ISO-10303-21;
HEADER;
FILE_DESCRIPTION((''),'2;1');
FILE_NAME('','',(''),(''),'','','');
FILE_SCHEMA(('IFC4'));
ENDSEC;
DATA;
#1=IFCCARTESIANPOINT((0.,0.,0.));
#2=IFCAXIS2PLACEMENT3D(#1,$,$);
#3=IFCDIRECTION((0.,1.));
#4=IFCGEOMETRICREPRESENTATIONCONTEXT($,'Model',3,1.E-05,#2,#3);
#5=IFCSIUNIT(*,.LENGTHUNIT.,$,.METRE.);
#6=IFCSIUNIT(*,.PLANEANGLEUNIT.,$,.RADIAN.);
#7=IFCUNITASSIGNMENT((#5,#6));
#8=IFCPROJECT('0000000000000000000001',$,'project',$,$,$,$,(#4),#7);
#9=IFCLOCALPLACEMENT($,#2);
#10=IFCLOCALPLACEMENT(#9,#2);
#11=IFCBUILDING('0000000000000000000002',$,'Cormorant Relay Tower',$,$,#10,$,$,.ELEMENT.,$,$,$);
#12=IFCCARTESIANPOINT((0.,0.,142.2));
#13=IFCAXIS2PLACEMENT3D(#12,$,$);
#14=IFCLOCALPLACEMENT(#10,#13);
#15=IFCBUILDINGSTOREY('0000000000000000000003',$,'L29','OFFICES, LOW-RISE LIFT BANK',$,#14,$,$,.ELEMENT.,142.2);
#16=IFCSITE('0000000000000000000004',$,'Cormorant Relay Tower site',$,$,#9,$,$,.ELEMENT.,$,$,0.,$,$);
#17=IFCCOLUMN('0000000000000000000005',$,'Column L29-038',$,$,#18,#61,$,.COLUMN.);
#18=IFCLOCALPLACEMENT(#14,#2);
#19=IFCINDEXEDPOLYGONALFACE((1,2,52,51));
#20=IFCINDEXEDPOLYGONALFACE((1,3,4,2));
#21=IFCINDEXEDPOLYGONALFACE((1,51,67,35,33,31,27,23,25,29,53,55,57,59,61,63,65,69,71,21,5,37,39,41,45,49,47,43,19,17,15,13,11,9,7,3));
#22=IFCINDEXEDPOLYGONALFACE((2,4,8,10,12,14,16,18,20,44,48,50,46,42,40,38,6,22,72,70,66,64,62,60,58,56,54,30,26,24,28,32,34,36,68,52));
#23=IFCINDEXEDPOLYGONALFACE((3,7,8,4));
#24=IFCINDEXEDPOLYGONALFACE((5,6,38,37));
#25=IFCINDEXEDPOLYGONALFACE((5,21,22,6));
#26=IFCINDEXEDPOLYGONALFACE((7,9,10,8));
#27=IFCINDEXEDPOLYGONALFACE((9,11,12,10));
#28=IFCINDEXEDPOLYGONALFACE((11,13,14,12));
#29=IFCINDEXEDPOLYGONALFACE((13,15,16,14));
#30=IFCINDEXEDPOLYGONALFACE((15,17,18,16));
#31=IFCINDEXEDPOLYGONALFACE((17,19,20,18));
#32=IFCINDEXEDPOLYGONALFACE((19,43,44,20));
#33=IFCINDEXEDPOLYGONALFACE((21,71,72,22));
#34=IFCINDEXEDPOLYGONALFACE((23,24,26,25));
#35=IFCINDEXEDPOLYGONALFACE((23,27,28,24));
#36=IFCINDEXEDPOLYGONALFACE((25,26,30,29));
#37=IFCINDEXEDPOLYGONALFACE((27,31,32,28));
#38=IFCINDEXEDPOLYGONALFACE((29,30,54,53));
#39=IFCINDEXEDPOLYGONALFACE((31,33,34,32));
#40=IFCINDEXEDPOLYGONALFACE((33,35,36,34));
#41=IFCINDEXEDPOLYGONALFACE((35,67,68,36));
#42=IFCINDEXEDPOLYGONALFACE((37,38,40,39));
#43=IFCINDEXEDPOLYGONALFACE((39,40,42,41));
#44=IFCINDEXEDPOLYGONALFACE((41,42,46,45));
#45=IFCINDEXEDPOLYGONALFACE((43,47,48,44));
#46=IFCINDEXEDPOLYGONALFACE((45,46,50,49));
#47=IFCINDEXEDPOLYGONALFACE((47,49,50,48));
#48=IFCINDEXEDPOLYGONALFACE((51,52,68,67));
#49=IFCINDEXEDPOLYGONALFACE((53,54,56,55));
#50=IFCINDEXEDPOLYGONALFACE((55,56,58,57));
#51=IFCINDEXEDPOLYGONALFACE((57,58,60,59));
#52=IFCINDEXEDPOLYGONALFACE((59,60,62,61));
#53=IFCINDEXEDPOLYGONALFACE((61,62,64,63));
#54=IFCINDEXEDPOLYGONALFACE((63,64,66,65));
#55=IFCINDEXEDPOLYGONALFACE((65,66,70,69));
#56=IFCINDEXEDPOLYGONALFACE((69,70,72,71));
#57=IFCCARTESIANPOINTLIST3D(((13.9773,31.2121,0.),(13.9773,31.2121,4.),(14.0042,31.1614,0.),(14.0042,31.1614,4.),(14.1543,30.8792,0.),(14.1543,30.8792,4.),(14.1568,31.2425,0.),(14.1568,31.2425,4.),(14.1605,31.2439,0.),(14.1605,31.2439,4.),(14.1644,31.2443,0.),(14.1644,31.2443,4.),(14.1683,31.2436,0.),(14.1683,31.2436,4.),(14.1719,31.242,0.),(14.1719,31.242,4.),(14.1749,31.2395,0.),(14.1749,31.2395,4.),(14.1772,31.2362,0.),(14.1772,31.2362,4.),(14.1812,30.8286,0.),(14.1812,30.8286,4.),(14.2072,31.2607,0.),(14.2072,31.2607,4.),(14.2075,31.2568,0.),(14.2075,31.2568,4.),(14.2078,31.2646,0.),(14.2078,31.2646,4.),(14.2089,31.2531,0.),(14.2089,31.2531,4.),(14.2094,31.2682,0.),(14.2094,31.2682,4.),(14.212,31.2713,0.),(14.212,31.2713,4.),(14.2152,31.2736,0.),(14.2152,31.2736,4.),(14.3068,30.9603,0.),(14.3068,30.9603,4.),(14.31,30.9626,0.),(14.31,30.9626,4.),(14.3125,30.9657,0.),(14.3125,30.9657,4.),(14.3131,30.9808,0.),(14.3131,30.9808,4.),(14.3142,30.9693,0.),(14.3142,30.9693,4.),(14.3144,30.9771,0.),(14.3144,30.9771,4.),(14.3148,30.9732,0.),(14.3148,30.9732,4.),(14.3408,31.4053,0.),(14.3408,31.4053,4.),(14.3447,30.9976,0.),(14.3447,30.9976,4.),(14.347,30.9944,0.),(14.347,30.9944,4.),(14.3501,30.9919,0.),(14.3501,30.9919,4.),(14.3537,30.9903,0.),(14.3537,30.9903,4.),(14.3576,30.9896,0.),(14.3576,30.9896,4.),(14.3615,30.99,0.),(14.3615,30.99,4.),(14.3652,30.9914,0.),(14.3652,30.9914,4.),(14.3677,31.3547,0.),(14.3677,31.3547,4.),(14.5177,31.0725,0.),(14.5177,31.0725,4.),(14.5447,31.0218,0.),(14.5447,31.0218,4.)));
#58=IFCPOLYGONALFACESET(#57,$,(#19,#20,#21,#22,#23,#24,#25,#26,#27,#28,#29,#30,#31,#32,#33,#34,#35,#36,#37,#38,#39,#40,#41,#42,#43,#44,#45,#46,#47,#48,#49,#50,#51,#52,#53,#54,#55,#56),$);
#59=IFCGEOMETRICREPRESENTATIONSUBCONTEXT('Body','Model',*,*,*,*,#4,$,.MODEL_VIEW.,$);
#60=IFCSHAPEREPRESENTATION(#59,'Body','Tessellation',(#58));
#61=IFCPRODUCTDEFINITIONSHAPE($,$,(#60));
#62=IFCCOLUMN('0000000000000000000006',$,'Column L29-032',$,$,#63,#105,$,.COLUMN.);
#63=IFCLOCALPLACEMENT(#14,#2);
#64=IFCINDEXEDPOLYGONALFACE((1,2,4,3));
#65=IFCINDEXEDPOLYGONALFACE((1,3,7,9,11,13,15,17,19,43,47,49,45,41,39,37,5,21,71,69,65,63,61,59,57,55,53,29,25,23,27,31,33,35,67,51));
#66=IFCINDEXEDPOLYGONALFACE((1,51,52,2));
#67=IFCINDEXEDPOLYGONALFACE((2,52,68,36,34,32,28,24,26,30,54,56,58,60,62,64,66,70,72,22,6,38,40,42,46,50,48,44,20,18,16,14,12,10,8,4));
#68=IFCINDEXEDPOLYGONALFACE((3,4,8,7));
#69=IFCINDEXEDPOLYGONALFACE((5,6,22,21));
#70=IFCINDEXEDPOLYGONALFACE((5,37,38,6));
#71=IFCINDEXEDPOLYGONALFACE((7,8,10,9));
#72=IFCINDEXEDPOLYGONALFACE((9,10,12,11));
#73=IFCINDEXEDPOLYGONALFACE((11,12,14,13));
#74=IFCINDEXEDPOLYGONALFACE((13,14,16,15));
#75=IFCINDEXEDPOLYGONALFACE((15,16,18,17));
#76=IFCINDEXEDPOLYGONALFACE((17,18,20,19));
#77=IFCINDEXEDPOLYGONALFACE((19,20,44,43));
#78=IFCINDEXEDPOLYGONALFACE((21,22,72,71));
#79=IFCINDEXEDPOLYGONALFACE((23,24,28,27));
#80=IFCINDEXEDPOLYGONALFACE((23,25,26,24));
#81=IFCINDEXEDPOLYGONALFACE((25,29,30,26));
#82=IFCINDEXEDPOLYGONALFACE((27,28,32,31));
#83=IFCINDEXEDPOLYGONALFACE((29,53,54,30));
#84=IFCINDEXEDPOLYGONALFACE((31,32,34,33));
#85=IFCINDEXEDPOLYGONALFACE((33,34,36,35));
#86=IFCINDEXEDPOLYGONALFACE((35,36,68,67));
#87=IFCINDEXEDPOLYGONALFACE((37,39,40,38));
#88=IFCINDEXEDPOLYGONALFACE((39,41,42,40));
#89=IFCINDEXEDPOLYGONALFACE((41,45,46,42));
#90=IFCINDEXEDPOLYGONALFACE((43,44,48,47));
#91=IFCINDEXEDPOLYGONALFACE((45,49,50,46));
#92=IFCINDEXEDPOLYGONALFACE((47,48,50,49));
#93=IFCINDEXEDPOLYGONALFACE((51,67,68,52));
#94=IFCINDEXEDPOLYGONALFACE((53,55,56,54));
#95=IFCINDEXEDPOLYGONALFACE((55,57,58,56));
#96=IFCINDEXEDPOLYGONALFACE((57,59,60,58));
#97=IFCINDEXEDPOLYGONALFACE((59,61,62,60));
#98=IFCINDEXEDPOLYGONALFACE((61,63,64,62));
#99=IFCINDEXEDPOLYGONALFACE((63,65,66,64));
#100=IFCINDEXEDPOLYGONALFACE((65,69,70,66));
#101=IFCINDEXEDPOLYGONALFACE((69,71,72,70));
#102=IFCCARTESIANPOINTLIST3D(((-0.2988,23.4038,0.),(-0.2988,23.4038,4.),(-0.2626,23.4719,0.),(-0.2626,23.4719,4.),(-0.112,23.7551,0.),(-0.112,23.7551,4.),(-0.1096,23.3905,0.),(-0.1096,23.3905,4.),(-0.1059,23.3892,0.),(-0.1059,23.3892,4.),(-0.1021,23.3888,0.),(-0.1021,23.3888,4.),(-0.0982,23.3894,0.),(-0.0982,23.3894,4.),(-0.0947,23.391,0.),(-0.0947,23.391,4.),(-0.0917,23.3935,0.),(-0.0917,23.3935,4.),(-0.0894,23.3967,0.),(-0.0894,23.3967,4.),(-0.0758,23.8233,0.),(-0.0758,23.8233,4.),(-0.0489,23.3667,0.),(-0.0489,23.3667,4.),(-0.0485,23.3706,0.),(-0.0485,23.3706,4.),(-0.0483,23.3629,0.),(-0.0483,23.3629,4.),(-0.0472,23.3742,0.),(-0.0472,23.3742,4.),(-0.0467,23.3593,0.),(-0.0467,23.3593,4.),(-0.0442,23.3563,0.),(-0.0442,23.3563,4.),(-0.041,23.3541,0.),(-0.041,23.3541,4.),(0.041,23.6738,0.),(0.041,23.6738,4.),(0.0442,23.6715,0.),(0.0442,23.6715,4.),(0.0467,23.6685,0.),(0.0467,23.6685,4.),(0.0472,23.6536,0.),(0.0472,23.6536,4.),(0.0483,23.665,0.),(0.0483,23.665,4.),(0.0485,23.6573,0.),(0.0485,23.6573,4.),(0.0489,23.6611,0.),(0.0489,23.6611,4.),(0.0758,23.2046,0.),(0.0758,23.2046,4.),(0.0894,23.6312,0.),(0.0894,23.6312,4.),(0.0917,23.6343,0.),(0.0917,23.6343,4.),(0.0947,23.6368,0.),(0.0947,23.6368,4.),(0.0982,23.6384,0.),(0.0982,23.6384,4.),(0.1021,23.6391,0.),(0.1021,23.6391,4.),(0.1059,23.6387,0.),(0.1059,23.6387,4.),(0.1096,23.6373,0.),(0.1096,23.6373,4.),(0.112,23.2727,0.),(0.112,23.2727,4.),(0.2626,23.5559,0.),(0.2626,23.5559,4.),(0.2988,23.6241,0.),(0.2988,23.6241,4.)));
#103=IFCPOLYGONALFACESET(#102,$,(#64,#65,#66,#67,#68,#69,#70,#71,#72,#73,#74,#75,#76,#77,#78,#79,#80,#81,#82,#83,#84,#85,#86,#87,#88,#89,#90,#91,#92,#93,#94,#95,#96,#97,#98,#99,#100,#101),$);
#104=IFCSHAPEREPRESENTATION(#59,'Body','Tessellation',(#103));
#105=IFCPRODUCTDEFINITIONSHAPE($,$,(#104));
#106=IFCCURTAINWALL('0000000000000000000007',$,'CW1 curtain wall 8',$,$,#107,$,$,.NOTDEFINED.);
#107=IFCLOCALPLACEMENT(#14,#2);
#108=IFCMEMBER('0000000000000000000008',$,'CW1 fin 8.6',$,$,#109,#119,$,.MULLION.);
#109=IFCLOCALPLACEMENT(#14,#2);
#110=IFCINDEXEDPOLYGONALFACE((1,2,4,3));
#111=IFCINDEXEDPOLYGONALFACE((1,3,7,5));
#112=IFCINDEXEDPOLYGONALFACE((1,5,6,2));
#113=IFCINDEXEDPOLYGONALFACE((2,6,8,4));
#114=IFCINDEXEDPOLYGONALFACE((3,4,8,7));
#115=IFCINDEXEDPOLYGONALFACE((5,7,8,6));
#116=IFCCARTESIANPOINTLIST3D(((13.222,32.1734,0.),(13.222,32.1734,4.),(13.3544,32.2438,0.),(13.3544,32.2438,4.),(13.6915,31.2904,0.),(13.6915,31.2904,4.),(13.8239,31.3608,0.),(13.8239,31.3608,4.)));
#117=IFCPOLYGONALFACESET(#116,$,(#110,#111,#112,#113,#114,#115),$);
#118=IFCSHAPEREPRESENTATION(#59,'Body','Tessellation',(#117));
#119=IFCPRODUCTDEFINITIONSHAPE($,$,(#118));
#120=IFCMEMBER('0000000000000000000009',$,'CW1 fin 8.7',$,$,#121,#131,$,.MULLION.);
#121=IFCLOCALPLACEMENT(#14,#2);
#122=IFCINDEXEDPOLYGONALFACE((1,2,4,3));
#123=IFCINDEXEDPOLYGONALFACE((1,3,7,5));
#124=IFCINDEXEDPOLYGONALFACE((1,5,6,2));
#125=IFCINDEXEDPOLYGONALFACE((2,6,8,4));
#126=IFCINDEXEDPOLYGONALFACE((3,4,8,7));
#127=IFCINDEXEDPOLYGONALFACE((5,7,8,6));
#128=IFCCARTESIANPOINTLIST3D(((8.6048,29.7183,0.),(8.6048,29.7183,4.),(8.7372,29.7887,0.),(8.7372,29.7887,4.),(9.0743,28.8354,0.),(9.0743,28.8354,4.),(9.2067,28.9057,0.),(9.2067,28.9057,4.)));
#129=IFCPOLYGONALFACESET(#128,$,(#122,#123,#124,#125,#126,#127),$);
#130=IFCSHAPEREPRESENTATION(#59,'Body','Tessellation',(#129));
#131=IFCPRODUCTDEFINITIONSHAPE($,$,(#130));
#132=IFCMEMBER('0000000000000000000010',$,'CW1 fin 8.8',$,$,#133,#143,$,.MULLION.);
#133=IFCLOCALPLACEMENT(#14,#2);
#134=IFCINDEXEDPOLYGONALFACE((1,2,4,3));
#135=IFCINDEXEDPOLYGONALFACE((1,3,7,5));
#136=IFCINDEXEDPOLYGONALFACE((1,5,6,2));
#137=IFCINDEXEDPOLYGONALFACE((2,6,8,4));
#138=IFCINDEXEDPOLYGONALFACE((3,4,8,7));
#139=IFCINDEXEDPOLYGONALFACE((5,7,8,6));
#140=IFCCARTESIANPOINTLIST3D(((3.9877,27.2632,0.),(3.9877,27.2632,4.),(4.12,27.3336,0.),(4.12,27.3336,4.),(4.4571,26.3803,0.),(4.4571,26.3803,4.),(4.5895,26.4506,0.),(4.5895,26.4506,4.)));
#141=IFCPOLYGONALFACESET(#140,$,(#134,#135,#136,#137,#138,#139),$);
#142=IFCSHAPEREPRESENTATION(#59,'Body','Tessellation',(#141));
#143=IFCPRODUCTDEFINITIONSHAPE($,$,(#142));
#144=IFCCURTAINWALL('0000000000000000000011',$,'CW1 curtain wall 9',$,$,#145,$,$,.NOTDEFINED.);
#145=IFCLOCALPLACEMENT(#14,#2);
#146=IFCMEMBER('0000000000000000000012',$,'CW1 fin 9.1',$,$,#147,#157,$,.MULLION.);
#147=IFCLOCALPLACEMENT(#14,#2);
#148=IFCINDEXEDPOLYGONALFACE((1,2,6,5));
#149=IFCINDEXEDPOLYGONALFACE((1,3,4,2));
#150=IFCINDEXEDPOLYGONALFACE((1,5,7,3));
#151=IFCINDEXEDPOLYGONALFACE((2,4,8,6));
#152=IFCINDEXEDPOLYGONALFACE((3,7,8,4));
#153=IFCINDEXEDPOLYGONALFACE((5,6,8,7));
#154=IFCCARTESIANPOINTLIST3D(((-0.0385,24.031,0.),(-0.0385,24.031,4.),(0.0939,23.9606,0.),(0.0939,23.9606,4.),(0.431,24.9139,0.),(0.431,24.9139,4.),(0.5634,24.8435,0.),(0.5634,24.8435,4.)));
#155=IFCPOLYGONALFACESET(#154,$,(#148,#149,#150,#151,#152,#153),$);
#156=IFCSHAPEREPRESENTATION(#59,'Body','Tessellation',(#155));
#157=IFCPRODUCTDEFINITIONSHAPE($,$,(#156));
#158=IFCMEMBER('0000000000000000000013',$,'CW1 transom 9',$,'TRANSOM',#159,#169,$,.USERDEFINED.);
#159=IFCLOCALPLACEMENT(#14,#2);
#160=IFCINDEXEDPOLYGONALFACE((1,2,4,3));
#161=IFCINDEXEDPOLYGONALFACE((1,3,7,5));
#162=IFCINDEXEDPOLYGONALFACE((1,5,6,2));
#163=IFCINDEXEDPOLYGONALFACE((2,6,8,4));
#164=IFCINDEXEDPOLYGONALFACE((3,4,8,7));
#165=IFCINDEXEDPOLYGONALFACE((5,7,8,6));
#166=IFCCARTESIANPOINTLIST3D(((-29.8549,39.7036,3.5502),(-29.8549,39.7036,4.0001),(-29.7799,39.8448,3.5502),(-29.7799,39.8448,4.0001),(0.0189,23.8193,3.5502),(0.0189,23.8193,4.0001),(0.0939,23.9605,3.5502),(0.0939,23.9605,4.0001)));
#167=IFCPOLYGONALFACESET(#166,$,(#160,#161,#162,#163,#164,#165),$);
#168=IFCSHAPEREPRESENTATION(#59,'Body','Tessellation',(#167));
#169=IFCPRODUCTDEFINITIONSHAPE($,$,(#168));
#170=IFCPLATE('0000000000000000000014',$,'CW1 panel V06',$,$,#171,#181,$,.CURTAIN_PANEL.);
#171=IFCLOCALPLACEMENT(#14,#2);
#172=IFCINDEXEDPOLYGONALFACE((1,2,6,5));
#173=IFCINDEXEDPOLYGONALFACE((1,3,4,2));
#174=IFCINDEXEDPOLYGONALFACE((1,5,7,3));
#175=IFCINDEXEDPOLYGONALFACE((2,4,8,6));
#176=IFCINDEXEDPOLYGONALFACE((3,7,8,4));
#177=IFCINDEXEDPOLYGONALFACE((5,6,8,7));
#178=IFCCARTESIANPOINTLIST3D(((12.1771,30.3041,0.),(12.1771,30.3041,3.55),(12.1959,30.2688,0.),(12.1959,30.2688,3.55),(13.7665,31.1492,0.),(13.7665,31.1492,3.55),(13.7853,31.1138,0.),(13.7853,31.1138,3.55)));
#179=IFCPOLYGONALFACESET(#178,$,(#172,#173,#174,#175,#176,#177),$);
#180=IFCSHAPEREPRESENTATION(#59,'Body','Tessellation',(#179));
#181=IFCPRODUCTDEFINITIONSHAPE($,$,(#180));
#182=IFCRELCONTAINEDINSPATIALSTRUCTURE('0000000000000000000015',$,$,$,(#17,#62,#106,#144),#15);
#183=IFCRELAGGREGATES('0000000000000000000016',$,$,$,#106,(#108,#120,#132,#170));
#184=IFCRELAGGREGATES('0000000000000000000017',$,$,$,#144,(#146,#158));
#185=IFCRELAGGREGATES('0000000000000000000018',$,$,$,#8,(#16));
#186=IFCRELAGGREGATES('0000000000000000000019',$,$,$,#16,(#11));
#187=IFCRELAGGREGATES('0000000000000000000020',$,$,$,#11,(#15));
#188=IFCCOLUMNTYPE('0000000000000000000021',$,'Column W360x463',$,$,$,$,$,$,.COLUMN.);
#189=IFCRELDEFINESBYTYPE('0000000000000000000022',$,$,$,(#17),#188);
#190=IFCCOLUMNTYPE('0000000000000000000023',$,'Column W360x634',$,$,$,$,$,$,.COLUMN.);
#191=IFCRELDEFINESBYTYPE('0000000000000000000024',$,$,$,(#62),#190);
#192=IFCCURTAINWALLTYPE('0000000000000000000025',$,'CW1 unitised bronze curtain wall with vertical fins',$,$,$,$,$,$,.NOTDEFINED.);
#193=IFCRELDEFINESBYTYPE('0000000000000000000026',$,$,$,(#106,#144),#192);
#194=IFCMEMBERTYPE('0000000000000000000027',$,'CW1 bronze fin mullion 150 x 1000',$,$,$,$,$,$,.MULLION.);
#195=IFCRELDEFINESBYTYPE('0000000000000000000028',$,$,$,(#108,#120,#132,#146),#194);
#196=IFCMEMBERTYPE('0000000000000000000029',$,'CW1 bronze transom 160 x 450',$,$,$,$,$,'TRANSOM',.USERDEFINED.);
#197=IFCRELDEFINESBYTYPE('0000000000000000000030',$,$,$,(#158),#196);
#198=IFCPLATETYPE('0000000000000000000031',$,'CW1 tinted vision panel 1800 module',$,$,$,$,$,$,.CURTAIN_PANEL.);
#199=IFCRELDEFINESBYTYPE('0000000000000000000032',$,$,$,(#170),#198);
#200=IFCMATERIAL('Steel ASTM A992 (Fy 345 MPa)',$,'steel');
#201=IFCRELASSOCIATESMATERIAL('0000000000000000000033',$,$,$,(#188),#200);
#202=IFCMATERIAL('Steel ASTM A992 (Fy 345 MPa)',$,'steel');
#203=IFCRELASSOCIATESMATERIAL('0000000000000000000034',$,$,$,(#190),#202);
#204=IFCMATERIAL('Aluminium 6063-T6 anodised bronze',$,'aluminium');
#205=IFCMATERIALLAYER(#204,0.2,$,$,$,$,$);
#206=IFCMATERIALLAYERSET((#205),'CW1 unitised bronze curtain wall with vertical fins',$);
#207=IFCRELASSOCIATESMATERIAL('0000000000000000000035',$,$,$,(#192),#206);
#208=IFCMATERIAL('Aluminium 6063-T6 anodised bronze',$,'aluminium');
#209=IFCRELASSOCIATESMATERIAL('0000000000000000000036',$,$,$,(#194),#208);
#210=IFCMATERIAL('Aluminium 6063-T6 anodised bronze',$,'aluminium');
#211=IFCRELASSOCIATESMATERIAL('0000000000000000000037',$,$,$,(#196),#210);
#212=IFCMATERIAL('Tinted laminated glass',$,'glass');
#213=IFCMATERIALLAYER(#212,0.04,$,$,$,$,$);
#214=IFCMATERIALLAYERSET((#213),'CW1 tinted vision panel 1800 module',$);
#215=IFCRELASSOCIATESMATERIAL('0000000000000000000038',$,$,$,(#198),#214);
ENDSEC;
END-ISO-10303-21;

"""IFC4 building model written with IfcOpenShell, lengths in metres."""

from ifc_helpers import new_model, si_unit, direction, frame, origin, origin_2d, place, context, subcontext, project, spatial, rectangle, i_section, extrude, material, layer, layer_set, material_profile, profile_set, type_object, element, aggregate, save


model = new_model("IFC4")

# Units and contexts
model_context = context("Model", 3, precision=1e-05, world=origin(), true_north=direction((0.0, 1.0)))
body_context = subcontext(model_context, "Body", "Model", "MODEL_VIEW")
ifc_project = project(units=[si_unit("LENGTHUNIT", "METRE"), si_unit("PLANEANGLEUNIT", "RADIAN")], contexts=[model_context])

# Site, building, storey
site_placement = place(None, origin())
site = spatial("IfcSite", under=ifc_project, at=site_placement, Name="Cormorant Relay Tower site", CompositionType="ELEMENT", RefElevation=0.0)
building_placement = place(site_placement, origin())
building = spatial("IfcBuilding", under=site, at=building_placement, Name="Cormorant Relay Tower", CompositionType="ELEMENT")
storey_placement = place(building_placement, frame((0.0, 0.0, 142.2)))
storey = spatial("IfcBuildingStorey", under=building, at=storey_placement, Name="L29", Description="OFFICES, LOW-RISE LIFT BANK", CompositionType="ELEMENT", Elevation=142.2)

# Columns
ifc_material_1 = material(Name="Steel ASTM A992 (Fy 345 MPa)", Category="steel")
ifc_material_profile_1 = material_profile(ifc_material_1, i_section(OverallWidth=0.4116, OverallDepth=0.4343, WebThickness=0.0359, FlangeThickness=0.0574, FilletRadius=0.0151, at=origin_2d()), Name="W360x463")
ifc_profile_set_1 = profile_set([ifc_material_profile_1], Name="Steel ASTM A992 (Fy 345 MPa)")
column_type_1 = type_object("IfcColumnType", Name="Column W360x463", PredefinedType="COLUMN", material=ifc_profile_set_1)
for number, where, z_axis, x_axis, name in (
    (1, (14.261, 31.1169, 0.0), (0.0, 0.0, 1.0), (-0.882948, -0.469472, 0.0), "Column L29-038"),
):
    element("IfcColumn", number, at=place(storey_placement, frame(where, z_axis=z_axis, x_axis=x_axis)), inside=storey, type_object=column_type_1, Name=name, PredefinedType="COLUMN", context=body_context, shape_type="SweptSolid", body=[
        extrude(i_section(OverallWidth=0.4116, OverallDepth=0.4343, WebThickness=0.0359, FlangeThickness=0.0574, FilletRadius=0.0151, at=origin_2d()), origin(), (0.0, 0.0, 1.0), 4.0),
    ])
ifc_material_2 = material(Name="Steel ASTM A992 (Fy 345 MPa)", Category="steel")
ifc_material_profile_2 = material_profile(ifc_material_2, i_section(OverallWidth=0.4243, OverallDepth=0.4751, WebThickness=0.0479, FlangeThickness=0.0771, FilletRadius=0.0149, at=origin_2d()), Name="W360x634")
ifc_profile_set_2 = profile_set([ifc_material_profile_2], Name="Steel ASTM A992 (Fy 345 MPa)")
column_type_2 = type_object("IfcColumnType", Name="Column W360x634", PredefinedType="COLUMN", material=ifc_profile_set_2)
column_placement = place(storey_placement, frame((0.0, 23.5139, 0.0), z_axis=(0.0, 0.0, 1.0), x_axis=(-0.882948, 0.469472, 0.0)))
element("IfcColumn", 2, at=column_placement, inside=storey, type_object=column_type_2, Name="Column L29-032", PredefinedType="COLUMN", context=body_context, shape_type="SweptSolid", body=[
    extrude(i_section(OverallWidth=0.4243, OverallDepth=0.4751, WebThickness=0.0479, FlangeThickness=0.0771, FilletRadius=0.0149, at=origin_2d()), origin(), (0.0, 0.0, 1.0), 4.0),
])

# Curtain walls, members
ifc_material_3 = material(Name="Aluminium 6063-T6 anodised bronze", Category="aluminium")
ifc_layer_1 = layer(ifc_material_3, 0.2)
ifc_layer_set_1 = layer_set([ifc_layer_1], Name="CW1 unitised bronze curtain wall with vertical fins")
curtain_wall_type = type_object("IfcCurtainWallType", Name="CW1 unitised bronze curtain wall with vertical fins", PredefinedType="NOTDEFINED", material=ifc_layer_set_1)
curtain_wall_1_placement = place(storey_placement, origin())
curtain_wall_1 = element("IfcCurtainWall", 3, at=curtain_wall_1_placement, inside=storey, type_object=curtain_wall_type, Name="CW1 curtain wall 8", PredefinedType="NOTDEFINED")
ifc_material_4 = material(Name="Aluminium 6063-T6 anodised bronze", Category="aluminium")
ifc_material_profile_3 = material_profile(ifc_material_4, rectangle(XDim=0.1499, YDim=1.0, at=origin_2d()), Name="AL 150x1000")
ifc_profile_set_3 = profile_set([ifc_material_profile_3], Name="Aluminium 6063-T6 anodised bronze")
member_type_1 = type_object("IfcMemberType", Name="CW1 bronze fin mullion 150 x 1000", PredefinedType="MULLION", material=ifc_profile_set_3)
member_1_placement = place(storey_placement, frame((13.5229, 31.7671, 0.0), z_axis=(0.0, 0.0, 1.0), x_axis=(-0.882948, -0.469472, 0.0)))
member_1 = element("IfcMember", 4, at=member_1_placement, type_object=member_type_1, Name="CW1 fin 8.6", PredefinedType="MULLION", context=body_context, shape_type="SweptSolid", body=[
    extrude(rectangle(XDim=0.1499, YDim=1.0, at=origin_2d()), origin(), (0.0, 0.0, 1.0), 4.0),
])
member_2_placement = place(storey_placement, frame((8.9058, 29.312, 0.0), z_axis=(0.0, 0.0, 1.0), x_axis=(-0.882948, -0.469472, 0.0)))
member_2 = element("IfcMember", 5, at=member_2_placement, type_object=member_type_1, Name="CW1 fin 8.7", PredefinedType="MULLION", context=body_context, shape_type="SweptSolid", body=[
    extrude(rectangle(XDim=0.1499, YDim=1.0, at=origin_2d()), origin(), (0.0, 0.0, 1.0), 4.0),
])
member_3_placement = place(storey_placement, frame((4.2886, 26.8569, 0.0), z_axis=(0.0, 0.0, 1.0), x_axis=(-0.882948, -0.469472, 0.0)))
member_3 = element("IfcMember", 6, at=member_3_placement, type_object=member_type_1, Name="CW1 fin 8.8", PredefinedType="MULLION", context=body_context, shape_type="SweptSolid", body=[
    extrude(rectangle(XDim=0.1499, YDim=1.0, at=origin_2d()), origin(), (0.0, 0.0, 1.0), 4.0),
])
curtain_wall_2_placement = place(storey_placement, origin())
curtain_wall_2 = element("IfcCurtainWall", 7, at=curtain_wall_2_placement, inside=storey, type_object=curtain_wall_type, Name="CW1 curtain wall 9", PredefinedType="NOTDEFINED")
member_4_placement = place(storey_placement, frame((0.2625, 24.4373, 0.0), z_axis=(0.0, 0.0, 1.0), x_axis=(-0.882948, 0.469472, 0.0)))
member_4 = element("IfcMember", 8, at=member_4_placement, type_object=member_type_1, Name="CW1 fin 9.1", PredefinedType="MULLION", context=body_context, shape_type="SweptSolid", body=[
    extrude(rectangle(XDim=0.1499, YDim=1.0, at=origin_2d()), origin(), (0.0, 0.0, 1.0), 4.0),
])
ifc_material_5 = material(Name="Aluminium 6063-T6 anodised bronze", Category="aluminium")
ifc_material_profile_4 = material_profile(ifc_material_5, rectangle(XDim=0.1599, YDim=0.45, at=origin_2d()), Name="AL 160x450")
ifc_profile_set_4 = profile_set([ifc_material_profile_4], Name="Aluminium 6063-T6 anodised bronze")
member_type_2 = type_object("IfcMemberType", Name="CW1 bronze transom 160 x 450", ElementType="TRANSOM", PredefinedType="USERDEFINED", material=ifc_profile_set_4)
member_5_placement = place(storey_placement, frame((0.0564, 23.8899, 3.7751), z_axis=(-0.882946, 0.469474, 0.0), x_axis=(-0.469474, -0.882946, 0.0)))
member_5 = element("IfcMember", 9, at=member_5_placement, type_object=member_type_2, Name="CW1 transom 9", ObjectType="TRANSOM", PredefinedType="USERDEFINED", context=body_context, shape_type="SweptSolid", body=[
    extrude(rectangle(XDim=0.1599, YDim=0.45, at=origin_2d()), origin(), (0.0, 0.0, 1.0), 33.8342),
])

# Plate
ifc_material_6 = material(Name="Tinted laminated glass", Category="glass")
ifc_layer_2 = layer(ifc_material_6, 0.04)
ifc_layer_set_2 = layer_set([ifc_layer_2], Name="CW1 tinted vision panel 1800 module")
plate_type = type_object("IfcPlateType", Name="CW1 tinted vision panel 1800 module", PredefinedType="CURTAIN_PANEL", material=ifc_layer_set_2)
plate_1_placement = place(storey_placement, frame((12.9812, 30.709, 0.0), z_axis=(0.0, 0.0, 1.0), x_axis=(-0.882948, -0.469472, 0.0)))
plate_1 = element("IfcPlate", 10, at=plate_1_placement, type_object=plate_type, Name="CW1 panel V06", PredefinedType="CURTAIN_PANEL", context=body_context, shape_type="SweptSolid", body=[
    extrude(rectangle(XDim=1.8, YDim=0.04, at=origin_2d()), origin(), (0.0, 0.0, 1.0), 3.55),
])

aggregate(curtain_wall_1, [member_1, member_2, member_3, plate_1])
aggregate(curtain_wall_2, [member_4, member_5])

save(model, "model.ifc")
